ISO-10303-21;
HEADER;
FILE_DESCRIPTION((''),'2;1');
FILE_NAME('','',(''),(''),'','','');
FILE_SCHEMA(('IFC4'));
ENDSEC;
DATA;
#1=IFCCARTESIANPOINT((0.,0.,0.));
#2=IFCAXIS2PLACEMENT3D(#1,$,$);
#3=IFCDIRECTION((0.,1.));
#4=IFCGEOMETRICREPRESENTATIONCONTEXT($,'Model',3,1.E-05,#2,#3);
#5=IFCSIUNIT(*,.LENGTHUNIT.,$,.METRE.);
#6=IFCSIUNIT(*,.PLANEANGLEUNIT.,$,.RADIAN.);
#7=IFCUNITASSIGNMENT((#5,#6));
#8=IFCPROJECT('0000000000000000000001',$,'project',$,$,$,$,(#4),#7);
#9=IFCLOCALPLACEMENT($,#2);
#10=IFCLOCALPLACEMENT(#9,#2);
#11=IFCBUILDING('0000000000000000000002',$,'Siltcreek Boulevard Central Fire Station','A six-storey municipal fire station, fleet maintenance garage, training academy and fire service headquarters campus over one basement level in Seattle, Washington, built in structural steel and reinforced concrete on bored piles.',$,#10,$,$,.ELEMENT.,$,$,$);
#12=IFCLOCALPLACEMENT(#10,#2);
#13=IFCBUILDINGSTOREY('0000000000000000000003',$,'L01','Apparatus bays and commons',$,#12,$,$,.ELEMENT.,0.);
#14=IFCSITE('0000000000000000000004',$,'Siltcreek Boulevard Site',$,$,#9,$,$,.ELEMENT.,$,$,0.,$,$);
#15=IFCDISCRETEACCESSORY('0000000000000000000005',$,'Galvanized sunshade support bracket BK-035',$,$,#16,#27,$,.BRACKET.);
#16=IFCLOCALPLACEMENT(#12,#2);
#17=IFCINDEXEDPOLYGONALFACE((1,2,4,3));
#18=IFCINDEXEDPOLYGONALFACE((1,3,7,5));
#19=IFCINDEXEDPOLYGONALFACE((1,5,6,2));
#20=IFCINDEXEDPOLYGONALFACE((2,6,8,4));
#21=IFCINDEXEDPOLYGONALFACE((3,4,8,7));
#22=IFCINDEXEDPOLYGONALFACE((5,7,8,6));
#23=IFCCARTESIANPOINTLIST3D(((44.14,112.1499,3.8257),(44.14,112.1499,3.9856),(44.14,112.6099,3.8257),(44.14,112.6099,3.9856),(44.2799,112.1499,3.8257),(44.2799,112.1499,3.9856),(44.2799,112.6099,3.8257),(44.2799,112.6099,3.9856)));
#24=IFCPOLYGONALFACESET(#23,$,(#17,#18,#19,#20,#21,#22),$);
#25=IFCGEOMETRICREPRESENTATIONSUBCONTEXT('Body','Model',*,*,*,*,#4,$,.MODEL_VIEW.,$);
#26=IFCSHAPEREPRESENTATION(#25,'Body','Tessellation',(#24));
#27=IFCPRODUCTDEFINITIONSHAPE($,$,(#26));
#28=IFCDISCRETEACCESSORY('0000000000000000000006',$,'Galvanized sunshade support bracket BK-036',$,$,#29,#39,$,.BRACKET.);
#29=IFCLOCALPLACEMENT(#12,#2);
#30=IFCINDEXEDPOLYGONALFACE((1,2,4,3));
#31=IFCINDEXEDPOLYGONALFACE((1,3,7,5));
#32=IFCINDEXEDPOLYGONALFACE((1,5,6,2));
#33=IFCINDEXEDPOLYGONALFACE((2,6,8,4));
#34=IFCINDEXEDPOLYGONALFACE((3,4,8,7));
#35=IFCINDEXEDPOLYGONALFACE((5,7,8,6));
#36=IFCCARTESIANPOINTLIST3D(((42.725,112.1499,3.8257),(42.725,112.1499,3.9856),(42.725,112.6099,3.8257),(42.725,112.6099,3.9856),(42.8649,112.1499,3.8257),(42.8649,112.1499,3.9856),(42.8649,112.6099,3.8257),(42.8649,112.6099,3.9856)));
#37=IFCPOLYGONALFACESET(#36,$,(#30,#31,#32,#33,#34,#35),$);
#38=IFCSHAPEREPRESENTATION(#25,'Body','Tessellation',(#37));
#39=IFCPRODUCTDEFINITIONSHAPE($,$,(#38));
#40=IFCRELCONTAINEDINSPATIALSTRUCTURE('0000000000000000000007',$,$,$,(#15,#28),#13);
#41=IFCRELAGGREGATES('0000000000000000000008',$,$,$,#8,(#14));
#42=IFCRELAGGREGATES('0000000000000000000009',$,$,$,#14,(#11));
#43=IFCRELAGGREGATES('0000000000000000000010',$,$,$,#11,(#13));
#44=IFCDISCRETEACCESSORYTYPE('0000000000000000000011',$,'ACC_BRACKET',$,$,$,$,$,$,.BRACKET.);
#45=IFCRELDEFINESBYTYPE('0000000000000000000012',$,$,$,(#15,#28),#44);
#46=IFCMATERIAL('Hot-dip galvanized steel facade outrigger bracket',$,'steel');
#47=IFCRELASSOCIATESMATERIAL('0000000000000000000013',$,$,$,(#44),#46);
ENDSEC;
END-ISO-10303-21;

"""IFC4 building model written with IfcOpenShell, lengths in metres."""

from ifc_helpers import new_model, si_unit, direction, frame, origin, origin_2d, place, context, subcontext, project, spatial, rectangle, extrude, material, type_object, element, save


model = new_model("IFC4")

# Units and contexts
model_context = context("Model", 3, precision=1e-05, world=origin(), true_north=direction((0.0, 1.0)))
body_context = subcontext(model_context, "Body", "Model", "MODEL_VIEW")
ifc_project = project(units=[si_unit("LENGTHUNIT", "METRE"), si_unit("PLANEANGLEUNIT", "RADIAN")], contexts=[model_context])

# Site, building, storey
site_placement = place(None, origin())
site = spatial("IfcSite", under=ifc_project, at=site_placement, Name="Siltcreek Boulevard Site", CompositionType="ELEMENT", RefElevation=0.0)
building_placement = place(site_placement, origin())
building = spatial("IfcBuilding", under=site, at=building_placement, Name="Siltcreek Boulevard Central Fire Station", Description="A six-storey municipal fire station, fleet maintenance garage, training academy and fire service headquarters campus over one basement level in Seattle, Washington, built in structural steel and reinforced concrete on bored piles.", CompositionType="ELEMENT")
storey_placement = place(building_placement, origin())
storey = spatial("IfcBuildingStorey", under=building, at=storey_placement, Name="L01", Description="Apparatus bays and commons", CompositionType="ELEMENT", Elevation=0.0)

# Discrete accessories
ifc_material_1 = material(Name="Hot-dip galvanized steel facade outrigger bracket", Category="steel")
discrete_accessory_type = type_object("IfcDiscreteAccessoryType", Name="ACC_BRACKET", PredefinedType="BRACKET", material=ifc_material_1)
for number, where, z_axis, x_axis, name in (
    (1, (44.21, 112.3799, 3.8257), (0.0, 0.0, 1.0), (-1.0, 0.0, 0.0), "Galvanized sunshade support bracket BK-035"),
    (2, (42.7949, 112.3799, 3.8257), (0.0, 0.0, 1.0), (-1.0, 0.0, 0.0), "Galvanized sunshade support bracket BK-036"),
):
    element("IfcDiscreteAccessory", number, at=place(storey_placement, frame(where, z_axis=z_axis, x_axis=x_axis)), inside=storey, type_object=discrete_accessory_type, Name=name, PredefinedType="BRACKET", context=body_context, shape_type="SweptSolid", body=[
        extrude(rectangle(XDim=0.1399, YDim=0.46, at=origin_2d()), origin(), (0.0, 0.0, 1.0), 0.1599),
    ])

save(model, "model.ifc")
